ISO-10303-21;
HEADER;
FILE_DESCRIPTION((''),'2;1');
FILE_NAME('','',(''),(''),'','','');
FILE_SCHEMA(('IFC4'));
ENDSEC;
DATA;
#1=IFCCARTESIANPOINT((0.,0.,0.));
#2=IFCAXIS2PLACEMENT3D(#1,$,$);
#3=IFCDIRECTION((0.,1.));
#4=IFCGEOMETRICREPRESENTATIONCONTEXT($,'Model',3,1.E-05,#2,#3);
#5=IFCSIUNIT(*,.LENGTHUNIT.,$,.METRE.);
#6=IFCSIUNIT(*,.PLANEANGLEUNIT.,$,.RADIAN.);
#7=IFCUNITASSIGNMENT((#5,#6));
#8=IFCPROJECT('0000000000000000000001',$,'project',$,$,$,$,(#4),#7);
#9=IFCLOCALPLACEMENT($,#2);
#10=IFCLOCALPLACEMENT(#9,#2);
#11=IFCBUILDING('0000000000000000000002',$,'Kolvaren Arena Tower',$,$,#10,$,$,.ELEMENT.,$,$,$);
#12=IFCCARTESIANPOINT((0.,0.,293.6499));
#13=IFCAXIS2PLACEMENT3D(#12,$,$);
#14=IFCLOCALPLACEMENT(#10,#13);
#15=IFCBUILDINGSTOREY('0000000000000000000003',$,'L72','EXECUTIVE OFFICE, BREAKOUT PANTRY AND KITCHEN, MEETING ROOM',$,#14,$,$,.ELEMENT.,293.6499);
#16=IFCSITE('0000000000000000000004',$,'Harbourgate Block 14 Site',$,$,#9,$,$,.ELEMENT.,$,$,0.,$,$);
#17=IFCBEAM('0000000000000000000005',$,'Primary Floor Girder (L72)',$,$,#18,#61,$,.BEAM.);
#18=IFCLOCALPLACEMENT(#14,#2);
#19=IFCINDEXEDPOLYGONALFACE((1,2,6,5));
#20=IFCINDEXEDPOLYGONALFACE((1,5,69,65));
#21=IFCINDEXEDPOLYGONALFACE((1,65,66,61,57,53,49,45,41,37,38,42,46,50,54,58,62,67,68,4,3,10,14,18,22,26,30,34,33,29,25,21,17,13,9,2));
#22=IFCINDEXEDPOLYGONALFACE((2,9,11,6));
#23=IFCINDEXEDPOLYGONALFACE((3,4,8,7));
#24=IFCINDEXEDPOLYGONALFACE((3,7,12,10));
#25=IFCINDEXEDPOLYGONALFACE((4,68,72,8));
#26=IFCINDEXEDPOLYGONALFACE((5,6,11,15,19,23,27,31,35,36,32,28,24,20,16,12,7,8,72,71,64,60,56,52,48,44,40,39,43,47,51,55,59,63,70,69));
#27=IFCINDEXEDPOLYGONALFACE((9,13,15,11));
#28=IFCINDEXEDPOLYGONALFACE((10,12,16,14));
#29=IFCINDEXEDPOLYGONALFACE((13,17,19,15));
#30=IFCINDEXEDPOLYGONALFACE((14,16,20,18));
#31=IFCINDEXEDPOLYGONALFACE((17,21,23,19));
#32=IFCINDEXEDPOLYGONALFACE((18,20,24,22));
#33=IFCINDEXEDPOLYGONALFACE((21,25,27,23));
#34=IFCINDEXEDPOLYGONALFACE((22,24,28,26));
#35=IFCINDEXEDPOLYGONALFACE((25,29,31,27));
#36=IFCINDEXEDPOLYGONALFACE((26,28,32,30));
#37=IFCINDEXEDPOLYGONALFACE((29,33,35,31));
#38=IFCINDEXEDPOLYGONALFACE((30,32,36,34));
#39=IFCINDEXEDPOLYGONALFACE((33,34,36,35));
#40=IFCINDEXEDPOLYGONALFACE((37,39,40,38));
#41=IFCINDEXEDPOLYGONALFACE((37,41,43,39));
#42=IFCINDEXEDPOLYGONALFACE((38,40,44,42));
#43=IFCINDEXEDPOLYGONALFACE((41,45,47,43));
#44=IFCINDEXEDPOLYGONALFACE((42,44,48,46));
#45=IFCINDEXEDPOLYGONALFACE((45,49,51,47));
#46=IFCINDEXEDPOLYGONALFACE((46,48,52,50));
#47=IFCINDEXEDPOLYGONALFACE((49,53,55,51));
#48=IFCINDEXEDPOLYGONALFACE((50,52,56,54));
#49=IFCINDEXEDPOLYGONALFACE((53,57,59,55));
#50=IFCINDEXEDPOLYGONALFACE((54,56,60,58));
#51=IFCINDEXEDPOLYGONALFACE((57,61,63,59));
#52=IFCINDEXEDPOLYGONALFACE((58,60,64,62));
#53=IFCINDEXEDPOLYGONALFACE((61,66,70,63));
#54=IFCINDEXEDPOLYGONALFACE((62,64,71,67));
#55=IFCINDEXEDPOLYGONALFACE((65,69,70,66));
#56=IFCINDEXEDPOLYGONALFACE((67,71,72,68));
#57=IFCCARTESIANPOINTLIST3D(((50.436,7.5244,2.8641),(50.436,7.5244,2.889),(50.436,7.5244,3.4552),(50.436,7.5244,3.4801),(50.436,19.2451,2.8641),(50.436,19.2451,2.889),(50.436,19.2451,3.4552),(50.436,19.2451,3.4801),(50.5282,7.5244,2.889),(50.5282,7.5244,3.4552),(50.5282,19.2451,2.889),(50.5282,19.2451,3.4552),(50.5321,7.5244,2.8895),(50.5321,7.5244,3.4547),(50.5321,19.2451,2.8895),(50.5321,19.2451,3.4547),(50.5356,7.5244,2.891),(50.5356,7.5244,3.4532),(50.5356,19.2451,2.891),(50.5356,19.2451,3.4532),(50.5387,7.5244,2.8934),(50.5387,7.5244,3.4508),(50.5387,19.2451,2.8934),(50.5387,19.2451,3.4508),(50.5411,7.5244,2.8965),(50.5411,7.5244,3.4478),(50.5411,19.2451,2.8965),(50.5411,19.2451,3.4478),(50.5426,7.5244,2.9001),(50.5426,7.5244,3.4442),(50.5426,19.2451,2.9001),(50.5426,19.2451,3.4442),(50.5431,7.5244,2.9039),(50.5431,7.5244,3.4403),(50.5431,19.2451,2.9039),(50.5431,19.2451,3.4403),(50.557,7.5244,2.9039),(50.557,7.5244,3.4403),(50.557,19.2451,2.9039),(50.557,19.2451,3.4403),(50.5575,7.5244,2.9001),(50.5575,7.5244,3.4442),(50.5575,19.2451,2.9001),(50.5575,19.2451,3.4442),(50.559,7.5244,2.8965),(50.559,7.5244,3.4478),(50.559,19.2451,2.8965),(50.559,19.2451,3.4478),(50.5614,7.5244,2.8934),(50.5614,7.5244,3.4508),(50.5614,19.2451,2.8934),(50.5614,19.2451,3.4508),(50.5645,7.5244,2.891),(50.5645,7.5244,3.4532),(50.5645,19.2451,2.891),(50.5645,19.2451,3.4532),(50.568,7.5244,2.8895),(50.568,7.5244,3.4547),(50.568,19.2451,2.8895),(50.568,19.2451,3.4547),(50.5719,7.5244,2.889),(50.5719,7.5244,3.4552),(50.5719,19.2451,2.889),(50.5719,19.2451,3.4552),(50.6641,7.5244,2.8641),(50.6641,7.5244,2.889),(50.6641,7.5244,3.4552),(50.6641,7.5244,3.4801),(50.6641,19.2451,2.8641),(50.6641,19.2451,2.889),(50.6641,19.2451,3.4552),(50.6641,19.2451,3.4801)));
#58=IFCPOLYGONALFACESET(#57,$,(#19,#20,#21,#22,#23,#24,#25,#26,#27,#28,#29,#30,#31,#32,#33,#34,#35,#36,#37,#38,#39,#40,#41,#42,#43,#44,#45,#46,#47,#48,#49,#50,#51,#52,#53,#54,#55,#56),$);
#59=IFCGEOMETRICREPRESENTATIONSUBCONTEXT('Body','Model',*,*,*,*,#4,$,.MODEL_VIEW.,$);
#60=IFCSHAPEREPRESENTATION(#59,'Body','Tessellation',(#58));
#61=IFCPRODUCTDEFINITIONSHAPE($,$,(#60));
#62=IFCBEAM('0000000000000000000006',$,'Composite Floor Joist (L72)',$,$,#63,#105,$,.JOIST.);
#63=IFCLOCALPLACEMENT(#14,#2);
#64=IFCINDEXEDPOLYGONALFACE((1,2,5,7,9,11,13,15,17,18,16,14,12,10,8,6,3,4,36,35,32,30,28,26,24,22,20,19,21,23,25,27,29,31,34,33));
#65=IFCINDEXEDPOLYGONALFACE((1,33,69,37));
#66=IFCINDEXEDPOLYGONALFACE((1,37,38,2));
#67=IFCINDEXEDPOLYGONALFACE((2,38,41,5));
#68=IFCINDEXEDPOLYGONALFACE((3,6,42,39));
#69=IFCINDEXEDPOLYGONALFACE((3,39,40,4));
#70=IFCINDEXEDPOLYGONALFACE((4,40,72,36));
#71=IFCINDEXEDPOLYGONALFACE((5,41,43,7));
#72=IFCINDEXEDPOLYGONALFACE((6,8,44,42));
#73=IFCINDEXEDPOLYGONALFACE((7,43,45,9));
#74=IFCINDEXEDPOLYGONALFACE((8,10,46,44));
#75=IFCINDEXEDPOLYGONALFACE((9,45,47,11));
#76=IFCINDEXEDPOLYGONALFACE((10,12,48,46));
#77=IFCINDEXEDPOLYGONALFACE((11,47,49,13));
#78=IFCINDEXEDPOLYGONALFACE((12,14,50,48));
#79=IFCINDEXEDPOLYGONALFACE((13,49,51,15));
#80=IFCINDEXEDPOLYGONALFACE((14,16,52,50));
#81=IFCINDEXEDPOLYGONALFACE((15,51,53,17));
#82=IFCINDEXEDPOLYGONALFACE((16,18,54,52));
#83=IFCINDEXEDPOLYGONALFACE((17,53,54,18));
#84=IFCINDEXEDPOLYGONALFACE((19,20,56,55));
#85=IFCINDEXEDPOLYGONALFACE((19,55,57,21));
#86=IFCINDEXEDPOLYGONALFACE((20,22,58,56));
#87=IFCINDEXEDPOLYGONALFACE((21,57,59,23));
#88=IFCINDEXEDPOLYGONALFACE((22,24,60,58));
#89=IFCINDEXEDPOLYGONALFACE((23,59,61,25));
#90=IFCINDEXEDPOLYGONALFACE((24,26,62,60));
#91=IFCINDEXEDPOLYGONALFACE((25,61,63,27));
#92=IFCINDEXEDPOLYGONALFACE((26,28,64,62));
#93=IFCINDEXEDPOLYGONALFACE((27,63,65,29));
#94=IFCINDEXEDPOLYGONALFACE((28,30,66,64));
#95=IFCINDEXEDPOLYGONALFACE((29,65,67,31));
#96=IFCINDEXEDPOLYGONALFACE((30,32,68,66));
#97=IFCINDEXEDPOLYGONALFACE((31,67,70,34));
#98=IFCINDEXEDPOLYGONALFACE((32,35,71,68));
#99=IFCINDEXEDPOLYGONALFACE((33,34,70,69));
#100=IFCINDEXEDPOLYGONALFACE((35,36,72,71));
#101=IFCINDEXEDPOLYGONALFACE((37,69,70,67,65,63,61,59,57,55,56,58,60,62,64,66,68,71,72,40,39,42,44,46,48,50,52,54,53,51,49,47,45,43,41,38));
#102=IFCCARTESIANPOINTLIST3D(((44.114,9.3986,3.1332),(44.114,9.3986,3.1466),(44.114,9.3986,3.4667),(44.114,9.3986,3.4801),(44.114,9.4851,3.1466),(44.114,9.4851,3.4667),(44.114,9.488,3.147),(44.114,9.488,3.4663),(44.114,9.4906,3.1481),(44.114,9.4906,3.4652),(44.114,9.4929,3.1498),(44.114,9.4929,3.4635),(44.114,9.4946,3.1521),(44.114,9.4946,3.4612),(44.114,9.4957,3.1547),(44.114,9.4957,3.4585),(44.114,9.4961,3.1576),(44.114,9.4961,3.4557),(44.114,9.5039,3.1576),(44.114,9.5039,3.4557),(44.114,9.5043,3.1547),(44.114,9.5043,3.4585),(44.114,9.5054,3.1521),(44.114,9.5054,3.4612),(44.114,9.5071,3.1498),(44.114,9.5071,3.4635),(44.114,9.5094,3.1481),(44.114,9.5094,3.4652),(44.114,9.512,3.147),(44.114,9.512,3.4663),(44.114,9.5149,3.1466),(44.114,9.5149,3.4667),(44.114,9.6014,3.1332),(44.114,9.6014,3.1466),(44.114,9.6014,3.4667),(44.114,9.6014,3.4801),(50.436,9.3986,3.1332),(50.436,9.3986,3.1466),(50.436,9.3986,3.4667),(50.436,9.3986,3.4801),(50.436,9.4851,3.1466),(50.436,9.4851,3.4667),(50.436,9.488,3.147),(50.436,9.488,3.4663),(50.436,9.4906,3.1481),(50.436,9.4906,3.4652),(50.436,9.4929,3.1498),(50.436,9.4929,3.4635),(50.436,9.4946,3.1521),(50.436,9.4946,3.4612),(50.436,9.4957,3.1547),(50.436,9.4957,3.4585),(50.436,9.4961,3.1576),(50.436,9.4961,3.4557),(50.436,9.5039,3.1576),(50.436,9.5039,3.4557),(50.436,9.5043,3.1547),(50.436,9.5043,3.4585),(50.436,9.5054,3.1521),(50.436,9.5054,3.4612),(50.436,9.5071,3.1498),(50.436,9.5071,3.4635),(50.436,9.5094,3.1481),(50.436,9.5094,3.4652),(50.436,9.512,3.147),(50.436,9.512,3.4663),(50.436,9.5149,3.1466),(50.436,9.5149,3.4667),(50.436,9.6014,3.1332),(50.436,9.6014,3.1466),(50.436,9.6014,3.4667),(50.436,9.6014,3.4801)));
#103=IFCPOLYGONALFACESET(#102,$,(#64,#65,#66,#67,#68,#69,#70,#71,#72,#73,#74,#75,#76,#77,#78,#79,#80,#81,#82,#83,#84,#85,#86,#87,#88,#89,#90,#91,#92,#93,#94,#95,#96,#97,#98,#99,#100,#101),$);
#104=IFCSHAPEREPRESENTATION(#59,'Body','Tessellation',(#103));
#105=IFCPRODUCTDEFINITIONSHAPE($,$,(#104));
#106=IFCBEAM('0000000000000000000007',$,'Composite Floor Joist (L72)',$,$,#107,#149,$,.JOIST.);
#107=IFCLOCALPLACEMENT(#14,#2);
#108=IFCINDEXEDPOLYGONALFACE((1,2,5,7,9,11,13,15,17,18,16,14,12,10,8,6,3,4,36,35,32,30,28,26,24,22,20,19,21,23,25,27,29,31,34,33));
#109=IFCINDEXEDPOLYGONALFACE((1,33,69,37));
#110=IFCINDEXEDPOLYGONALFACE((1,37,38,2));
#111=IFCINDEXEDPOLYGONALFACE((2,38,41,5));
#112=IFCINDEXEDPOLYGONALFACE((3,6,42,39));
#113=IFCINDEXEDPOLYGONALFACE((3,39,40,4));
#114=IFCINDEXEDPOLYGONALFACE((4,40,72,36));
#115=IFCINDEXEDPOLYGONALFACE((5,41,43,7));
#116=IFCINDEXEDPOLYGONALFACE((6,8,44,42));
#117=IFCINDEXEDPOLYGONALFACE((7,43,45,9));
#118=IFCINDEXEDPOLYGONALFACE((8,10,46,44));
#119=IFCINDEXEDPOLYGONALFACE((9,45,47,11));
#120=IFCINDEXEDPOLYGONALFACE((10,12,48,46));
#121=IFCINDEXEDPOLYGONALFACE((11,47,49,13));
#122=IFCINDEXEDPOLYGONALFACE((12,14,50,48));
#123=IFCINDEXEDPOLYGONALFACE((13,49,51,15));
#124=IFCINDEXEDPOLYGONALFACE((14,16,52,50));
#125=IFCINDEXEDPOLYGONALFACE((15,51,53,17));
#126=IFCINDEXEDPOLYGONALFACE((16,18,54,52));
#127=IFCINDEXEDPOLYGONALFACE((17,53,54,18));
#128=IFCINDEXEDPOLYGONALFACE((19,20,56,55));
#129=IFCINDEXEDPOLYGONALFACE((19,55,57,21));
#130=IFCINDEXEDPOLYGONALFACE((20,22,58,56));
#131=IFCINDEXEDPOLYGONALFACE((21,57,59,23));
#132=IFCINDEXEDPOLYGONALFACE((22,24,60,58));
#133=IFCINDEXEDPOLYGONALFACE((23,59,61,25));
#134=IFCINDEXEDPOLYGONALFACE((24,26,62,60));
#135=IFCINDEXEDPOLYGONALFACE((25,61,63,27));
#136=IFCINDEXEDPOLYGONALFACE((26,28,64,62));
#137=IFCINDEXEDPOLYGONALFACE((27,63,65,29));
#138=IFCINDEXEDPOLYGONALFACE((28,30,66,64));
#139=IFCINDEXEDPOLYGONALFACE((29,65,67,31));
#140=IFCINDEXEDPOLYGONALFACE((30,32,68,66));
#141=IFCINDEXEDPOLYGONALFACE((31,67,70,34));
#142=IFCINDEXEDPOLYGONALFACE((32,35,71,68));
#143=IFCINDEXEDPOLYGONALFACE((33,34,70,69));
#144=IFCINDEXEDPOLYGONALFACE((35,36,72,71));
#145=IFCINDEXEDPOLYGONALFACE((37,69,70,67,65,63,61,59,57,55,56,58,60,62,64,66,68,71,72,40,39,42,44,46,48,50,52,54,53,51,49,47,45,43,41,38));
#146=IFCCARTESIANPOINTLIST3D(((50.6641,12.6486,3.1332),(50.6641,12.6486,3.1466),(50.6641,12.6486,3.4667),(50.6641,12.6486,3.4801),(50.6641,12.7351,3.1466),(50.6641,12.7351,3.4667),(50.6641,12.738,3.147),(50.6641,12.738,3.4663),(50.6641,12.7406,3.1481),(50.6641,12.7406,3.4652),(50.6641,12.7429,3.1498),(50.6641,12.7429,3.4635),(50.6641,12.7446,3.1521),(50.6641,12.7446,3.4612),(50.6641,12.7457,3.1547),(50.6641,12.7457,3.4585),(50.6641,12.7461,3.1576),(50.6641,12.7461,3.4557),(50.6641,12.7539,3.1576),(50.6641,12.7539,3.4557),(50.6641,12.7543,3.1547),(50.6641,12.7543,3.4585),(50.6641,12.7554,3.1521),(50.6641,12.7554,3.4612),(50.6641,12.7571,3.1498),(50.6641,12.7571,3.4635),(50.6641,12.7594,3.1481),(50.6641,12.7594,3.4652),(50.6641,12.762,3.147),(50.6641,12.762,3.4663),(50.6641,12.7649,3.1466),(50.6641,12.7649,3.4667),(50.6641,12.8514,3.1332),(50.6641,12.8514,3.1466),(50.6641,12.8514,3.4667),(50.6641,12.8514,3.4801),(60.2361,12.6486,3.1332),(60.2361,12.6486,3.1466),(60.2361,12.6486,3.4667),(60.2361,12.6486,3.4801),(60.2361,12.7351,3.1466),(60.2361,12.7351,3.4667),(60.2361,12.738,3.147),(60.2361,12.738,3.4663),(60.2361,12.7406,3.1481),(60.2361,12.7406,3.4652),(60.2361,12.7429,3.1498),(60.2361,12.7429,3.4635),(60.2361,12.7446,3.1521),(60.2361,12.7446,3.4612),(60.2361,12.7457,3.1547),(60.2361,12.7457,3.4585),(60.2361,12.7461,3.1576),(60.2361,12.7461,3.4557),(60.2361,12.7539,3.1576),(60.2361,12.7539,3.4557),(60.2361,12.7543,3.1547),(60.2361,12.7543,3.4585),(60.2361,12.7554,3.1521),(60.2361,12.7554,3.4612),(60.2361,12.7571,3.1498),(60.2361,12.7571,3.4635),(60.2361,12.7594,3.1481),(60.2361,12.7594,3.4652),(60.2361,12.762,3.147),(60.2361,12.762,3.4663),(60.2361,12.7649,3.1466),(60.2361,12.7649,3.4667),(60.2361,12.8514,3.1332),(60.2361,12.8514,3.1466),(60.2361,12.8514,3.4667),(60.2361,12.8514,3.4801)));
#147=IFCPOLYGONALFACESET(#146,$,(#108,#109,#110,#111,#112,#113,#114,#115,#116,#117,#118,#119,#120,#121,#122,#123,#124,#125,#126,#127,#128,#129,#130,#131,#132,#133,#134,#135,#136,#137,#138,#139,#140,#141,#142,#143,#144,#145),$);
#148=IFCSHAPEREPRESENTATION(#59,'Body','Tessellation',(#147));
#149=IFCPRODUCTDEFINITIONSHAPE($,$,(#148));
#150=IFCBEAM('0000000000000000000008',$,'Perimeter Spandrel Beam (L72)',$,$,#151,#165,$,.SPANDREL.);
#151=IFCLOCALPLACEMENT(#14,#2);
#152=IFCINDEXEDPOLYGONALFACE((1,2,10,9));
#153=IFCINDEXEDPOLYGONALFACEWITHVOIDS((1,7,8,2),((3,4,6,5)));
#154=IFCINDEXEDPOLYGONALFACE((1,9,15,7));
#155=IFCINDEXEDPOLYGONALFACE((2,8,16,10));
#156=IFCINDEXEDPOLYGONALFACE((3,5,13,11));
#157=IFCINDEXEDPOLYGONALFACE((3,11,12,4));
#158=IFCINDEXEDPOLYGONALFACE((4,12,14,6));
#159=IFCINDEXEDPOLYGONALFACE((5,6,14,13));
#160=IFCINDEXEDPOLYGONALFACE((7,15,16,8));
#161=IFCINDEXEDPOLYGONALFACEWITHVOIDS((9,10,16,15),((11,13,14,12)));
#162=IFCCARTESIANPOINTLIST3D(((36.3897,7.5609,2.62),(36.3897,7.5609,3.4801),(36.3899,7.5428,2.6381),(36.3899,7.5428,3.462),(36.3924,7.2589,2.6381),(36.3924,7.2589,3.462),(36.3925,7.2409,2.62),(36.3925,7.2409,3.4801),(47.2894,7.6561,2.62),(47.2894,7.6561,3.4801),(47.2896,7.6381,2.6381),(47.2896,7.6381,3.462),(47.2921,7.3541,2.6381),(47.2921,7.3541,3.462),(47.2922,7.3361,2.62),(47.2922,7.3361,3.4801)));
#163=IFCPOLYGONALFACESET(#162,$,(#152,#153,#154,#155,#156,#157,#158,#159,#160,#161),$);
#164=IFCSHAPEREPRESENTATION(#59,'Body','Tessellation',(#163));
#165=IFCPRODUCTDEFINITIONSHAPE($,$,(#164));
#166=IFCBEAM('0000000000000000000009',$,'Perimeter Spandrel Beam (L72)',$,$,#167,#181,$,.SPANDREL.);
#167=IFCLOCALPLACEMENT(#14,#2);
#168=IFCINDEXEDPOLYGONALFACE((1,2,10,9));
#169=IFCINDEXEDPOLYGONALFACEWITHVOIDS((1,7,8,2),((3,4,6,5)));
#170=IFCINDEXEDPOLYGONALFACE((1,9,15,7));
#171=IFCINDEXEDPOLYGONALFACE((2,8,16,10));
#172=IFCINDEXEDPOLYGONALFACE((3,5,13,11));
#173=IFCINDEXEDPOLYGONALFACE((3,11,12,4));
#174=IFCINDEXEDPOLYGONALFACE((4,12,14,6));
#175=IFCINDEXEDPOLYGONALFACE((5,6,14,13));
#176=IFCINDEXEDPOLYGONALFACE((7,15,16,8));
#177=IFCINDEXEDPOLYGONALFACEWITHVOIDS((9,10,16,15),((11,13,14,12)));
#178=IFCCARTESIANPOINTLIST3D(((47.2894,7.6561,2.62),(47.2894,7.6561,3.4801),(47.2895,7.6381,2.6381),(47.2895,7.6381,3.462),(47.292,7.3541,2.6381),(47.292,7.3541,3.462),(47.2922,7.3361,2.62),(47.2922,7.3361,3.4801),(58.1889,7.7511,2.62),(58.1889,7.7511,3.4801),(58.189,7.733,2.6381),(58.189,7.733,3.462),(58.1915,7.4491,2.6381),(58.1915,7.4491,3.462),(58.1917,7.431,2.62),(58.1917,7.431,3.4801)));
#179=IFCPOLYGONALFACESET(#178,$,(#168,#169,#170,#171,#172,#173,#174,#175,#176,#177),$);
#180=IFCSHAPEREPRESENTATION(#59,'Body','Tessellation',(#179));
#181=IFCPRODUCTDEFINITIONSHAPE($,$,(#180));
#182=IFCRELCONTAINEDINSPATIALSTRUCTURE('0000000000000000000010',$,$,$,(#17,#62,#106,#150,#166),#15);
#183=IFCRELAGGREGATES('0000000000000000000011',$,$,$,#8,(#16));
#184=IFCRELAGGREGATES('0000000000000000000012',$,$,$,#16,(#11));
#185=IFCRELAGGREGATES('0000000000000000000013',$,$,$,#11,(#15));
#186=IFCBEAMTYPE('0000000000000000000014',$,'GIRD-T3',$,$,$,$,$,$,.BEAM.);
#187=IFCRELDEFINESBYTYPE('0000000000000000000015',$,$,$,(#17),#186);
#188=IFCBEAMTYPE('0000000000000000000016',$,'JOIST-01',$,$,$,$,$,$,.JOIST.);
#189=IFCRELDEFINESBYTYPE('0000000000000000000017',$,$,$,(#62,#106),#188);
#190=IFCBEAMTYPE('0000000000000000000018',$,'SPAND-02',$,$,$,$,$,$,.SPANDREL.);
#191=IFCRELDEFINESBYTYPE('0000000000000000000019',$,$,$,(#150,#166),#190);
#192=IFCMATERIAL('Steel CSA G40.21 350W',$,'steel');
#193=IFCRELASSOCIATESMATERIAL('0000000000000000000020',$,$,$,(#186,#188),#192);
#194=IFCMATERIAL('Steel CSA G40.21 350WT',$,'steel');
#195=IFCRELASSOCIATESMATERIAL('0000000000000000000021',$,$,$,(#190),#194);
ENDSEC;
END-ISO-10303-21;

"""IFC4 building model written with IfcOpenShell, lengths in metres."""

from ifc_helpers import new_model, si_unit, direction, frame, origin, origin_2d, place, context, subcontext, project, spatial, hollow_rectangle, i_section, extrude, material, material_profile, profile_set, type_object, element, save


model = new_model("IFC4")

# Units and contexts
model_context = context("Model", 3, precision=1e-05, world=origin(), true_north=direction((0.0, 1.0)))
body_context = subcontext(model_context, "Body", "Model", "MODEL_VIEW")
ifc_project = project(units=[si_unit("LENGTHUNIT", "METRE"), si_unit("PLANEANGLEUNIT", "RADIAN")], contexts=[model_context])

# Site, building, storey
site_placement = place(None, origin())
site = spatial("IfcSite", under=ifc_project, at=site_placement, Name="Harbourgate Block 14 Site", CompositionType="ELEMENT", RefElevation=0.0)
building_placement = place(site_placement, origin())
building = spatial("IfcBuilding", under=site, at=building_placement, Name="Kolvaren Arena Tower", CompositionType="ELEMENT")
storey_placement = place(building_placement, frame((0.0, 0.0, 293.6499)))
storey = spatial("IfcBuildingStorey", under=building, at=storey_placement, Name="L72", Description="EXECUTIVE OFFICE, BREAKOUT PANTRY AND KITCHEN, MEETING ROOM", CompositionType="ELEMENT", Elevation=293.6499)

# Beams
ifc_material_1 = material(Name="Steel CSA G40.21 350W", Category="steel")
ifc_material_profile_1 = material_profile(ifc_material_1, i_section(OverallWidth=0.228, OverallDepth=0.616, WebThickness=0.0139, FlangeThickness=0.0249, FilletRadius=0.0149, at=origin_2d()), Name="W610x174")
ifc_profile_set_1 = profile_set([ifc_material_profile_1], Name="Steel CSA G40.21 350W")
beam_type_1 = type_object("IfcBeamType", Name="GIRD-T3", PredefinedType="BEAM", material=ifc_profile_set_1)
beam_1_placement = place(storey_placement, frame((50.55, 7.5244, 3.1721), z_axis=(0.0, 1.0, 0.0), x_axis=(-1.0, 0.0, 0.0)))
element("IfcBeam", 1, at=beam_1_placement, inside=storey, type_object=beam_type_1, Name="Primary Floor Girder (L72)", PredefinedType="BEAM", context=body_context, shape_type="SweptSolid", body=[
    extrude(i_section(OverallWidth=0.228, OverallDepth=0.616, WebThickness=0.0139, FlangeThickness=0.0249, FilletRadius=0.0149, at=origin_2d()), origin(), (0.0, 0.0, 1.0), 11.7207),
])
ifc_material_profile_2 = material_profile(ifc_material_1, i_section(OverallWidth=0.2029, OverallDepth=0.3469, WebThickness=0.0078, FlangeThickness=0.0134, FilletRadius=0.011, at=origin_2d()), Name="W360x64")
ifc_profile_set_2 = profile_set([ifc_material_profile_2], Name="Steel CSA G40.21 350W")
beam_type_2 = type_object("IfcBeamType", Name="JOIST-01", PredefinedType="JOIST", material=ifc_profile_set_2)
beam_2_placement = place(storey_placement, frame((44.114, 9.5, 3.3066), z_axis=(1.0, 0.0, 0.0), x_axis=(0.0, 1.0, 0.0)))
element("IfcBeam", 2, at=beam_2_placement, inside=storey, type_object=beam_type_2, Name="Composite Floor Joist (L72)", PredefinedType="JOIST", context=body_context, shape_type="SweptSolid", body=[
    extrude(i_section(OverallWidth=0.2029, OverallDepth=0.3469, WebThickness=0.0078, FlangeThickness=0.0134, FilletRadius=0.011, at=origin_2d()), origin(), (0.0, 0.0, 1.0), 6.322),
])
beam_3_placement = place(storey_placement, frame((50.6641, 12.75, 3.3066), z_axis=(1.0, 0.0, 0.0), x_axis=(0.0, 1.0, 0.0)))
element("IfcBeam", 3, at=beam_3_placement, inside=storey, type_object=beam_type_2, Name="Composite Floor Joist (L72)", PredefinedType="JOIST", context=body_context, shape_type="SweptSolid", body=[
    extrude(i_section(OverallWidth=0.2029, OverallDepth=0.3469, WebThickness=0.0078, FlangeThickness=0.0134, FilletRadius=0.011, at=origin_2d()), origin(), (0.0, 0.0, 1.0), 9.572),
])
ifc_material_2 = material(Name="Steel CSA G40.21 350WT", Category="steel")
ifc_material_profile_3 = material_profile(ifc_material_2, hollow_rectangle(XDim=0.3201, YDim=0.8601, WallThickness=0.0181, at=origin_2d()), Name="HSS 860x320x18")
ifc_profile_set_3 = profile_set([ifc_material_profile_3], Name="Steel CSA G40.21 350WT")
beam_type_3 = type_object("IfcBeamType", Name="SPAND-02", PredefinedType="SPANDREL", material=ifc_profile_set_3)
beam_4_placement = place(storey_placement, frame((36.3911, 7.4009, 3.05), z_axis=(0.999962, 0.008735, 0.0), x_axis=(-0.008735, 0.999962, 0.0)))
element("IfcBeam", 4, at=beam_4_placement, inside=storey, type_object=beam_type_3, Name="Perimeter Spandrel Beam (L72)", PredefinedType="SPANDREL", context=body_context, shape_type="SweptSolid", body=[
    extrude(hollow_rectangle(XDim=0.3201, YDim=0.8601, WallThickness=0.0181, at=origin_2d()), origin(), (0.0, 0.0, 1.0), 10.9001),
])
beam_5_placement = place(storey_placement, frame((47.2908, 7.4961, 3.05), z_axis=(0.999962, 0.008713, 0.0), x_axis=(-0.008713, 0.999962, 0.0)))
element("IfcBeam", 5, at=beam_5_placement, inside=storey, type_object=beam_type_3, Name="Perimeter Spandrel Beam (L72)", PredefinedType="SPANDREL", context=body_context, shape_type="SweptSolid", body=[
    extrude(hollow_rectangle(XDim=0.3201, YDim=0.8601, WallThickness=0.0181, at=origin_2d()), origin(), (0.0, 0.0, 1.0), 10.8999),
])

save(model, "model.ifc")
